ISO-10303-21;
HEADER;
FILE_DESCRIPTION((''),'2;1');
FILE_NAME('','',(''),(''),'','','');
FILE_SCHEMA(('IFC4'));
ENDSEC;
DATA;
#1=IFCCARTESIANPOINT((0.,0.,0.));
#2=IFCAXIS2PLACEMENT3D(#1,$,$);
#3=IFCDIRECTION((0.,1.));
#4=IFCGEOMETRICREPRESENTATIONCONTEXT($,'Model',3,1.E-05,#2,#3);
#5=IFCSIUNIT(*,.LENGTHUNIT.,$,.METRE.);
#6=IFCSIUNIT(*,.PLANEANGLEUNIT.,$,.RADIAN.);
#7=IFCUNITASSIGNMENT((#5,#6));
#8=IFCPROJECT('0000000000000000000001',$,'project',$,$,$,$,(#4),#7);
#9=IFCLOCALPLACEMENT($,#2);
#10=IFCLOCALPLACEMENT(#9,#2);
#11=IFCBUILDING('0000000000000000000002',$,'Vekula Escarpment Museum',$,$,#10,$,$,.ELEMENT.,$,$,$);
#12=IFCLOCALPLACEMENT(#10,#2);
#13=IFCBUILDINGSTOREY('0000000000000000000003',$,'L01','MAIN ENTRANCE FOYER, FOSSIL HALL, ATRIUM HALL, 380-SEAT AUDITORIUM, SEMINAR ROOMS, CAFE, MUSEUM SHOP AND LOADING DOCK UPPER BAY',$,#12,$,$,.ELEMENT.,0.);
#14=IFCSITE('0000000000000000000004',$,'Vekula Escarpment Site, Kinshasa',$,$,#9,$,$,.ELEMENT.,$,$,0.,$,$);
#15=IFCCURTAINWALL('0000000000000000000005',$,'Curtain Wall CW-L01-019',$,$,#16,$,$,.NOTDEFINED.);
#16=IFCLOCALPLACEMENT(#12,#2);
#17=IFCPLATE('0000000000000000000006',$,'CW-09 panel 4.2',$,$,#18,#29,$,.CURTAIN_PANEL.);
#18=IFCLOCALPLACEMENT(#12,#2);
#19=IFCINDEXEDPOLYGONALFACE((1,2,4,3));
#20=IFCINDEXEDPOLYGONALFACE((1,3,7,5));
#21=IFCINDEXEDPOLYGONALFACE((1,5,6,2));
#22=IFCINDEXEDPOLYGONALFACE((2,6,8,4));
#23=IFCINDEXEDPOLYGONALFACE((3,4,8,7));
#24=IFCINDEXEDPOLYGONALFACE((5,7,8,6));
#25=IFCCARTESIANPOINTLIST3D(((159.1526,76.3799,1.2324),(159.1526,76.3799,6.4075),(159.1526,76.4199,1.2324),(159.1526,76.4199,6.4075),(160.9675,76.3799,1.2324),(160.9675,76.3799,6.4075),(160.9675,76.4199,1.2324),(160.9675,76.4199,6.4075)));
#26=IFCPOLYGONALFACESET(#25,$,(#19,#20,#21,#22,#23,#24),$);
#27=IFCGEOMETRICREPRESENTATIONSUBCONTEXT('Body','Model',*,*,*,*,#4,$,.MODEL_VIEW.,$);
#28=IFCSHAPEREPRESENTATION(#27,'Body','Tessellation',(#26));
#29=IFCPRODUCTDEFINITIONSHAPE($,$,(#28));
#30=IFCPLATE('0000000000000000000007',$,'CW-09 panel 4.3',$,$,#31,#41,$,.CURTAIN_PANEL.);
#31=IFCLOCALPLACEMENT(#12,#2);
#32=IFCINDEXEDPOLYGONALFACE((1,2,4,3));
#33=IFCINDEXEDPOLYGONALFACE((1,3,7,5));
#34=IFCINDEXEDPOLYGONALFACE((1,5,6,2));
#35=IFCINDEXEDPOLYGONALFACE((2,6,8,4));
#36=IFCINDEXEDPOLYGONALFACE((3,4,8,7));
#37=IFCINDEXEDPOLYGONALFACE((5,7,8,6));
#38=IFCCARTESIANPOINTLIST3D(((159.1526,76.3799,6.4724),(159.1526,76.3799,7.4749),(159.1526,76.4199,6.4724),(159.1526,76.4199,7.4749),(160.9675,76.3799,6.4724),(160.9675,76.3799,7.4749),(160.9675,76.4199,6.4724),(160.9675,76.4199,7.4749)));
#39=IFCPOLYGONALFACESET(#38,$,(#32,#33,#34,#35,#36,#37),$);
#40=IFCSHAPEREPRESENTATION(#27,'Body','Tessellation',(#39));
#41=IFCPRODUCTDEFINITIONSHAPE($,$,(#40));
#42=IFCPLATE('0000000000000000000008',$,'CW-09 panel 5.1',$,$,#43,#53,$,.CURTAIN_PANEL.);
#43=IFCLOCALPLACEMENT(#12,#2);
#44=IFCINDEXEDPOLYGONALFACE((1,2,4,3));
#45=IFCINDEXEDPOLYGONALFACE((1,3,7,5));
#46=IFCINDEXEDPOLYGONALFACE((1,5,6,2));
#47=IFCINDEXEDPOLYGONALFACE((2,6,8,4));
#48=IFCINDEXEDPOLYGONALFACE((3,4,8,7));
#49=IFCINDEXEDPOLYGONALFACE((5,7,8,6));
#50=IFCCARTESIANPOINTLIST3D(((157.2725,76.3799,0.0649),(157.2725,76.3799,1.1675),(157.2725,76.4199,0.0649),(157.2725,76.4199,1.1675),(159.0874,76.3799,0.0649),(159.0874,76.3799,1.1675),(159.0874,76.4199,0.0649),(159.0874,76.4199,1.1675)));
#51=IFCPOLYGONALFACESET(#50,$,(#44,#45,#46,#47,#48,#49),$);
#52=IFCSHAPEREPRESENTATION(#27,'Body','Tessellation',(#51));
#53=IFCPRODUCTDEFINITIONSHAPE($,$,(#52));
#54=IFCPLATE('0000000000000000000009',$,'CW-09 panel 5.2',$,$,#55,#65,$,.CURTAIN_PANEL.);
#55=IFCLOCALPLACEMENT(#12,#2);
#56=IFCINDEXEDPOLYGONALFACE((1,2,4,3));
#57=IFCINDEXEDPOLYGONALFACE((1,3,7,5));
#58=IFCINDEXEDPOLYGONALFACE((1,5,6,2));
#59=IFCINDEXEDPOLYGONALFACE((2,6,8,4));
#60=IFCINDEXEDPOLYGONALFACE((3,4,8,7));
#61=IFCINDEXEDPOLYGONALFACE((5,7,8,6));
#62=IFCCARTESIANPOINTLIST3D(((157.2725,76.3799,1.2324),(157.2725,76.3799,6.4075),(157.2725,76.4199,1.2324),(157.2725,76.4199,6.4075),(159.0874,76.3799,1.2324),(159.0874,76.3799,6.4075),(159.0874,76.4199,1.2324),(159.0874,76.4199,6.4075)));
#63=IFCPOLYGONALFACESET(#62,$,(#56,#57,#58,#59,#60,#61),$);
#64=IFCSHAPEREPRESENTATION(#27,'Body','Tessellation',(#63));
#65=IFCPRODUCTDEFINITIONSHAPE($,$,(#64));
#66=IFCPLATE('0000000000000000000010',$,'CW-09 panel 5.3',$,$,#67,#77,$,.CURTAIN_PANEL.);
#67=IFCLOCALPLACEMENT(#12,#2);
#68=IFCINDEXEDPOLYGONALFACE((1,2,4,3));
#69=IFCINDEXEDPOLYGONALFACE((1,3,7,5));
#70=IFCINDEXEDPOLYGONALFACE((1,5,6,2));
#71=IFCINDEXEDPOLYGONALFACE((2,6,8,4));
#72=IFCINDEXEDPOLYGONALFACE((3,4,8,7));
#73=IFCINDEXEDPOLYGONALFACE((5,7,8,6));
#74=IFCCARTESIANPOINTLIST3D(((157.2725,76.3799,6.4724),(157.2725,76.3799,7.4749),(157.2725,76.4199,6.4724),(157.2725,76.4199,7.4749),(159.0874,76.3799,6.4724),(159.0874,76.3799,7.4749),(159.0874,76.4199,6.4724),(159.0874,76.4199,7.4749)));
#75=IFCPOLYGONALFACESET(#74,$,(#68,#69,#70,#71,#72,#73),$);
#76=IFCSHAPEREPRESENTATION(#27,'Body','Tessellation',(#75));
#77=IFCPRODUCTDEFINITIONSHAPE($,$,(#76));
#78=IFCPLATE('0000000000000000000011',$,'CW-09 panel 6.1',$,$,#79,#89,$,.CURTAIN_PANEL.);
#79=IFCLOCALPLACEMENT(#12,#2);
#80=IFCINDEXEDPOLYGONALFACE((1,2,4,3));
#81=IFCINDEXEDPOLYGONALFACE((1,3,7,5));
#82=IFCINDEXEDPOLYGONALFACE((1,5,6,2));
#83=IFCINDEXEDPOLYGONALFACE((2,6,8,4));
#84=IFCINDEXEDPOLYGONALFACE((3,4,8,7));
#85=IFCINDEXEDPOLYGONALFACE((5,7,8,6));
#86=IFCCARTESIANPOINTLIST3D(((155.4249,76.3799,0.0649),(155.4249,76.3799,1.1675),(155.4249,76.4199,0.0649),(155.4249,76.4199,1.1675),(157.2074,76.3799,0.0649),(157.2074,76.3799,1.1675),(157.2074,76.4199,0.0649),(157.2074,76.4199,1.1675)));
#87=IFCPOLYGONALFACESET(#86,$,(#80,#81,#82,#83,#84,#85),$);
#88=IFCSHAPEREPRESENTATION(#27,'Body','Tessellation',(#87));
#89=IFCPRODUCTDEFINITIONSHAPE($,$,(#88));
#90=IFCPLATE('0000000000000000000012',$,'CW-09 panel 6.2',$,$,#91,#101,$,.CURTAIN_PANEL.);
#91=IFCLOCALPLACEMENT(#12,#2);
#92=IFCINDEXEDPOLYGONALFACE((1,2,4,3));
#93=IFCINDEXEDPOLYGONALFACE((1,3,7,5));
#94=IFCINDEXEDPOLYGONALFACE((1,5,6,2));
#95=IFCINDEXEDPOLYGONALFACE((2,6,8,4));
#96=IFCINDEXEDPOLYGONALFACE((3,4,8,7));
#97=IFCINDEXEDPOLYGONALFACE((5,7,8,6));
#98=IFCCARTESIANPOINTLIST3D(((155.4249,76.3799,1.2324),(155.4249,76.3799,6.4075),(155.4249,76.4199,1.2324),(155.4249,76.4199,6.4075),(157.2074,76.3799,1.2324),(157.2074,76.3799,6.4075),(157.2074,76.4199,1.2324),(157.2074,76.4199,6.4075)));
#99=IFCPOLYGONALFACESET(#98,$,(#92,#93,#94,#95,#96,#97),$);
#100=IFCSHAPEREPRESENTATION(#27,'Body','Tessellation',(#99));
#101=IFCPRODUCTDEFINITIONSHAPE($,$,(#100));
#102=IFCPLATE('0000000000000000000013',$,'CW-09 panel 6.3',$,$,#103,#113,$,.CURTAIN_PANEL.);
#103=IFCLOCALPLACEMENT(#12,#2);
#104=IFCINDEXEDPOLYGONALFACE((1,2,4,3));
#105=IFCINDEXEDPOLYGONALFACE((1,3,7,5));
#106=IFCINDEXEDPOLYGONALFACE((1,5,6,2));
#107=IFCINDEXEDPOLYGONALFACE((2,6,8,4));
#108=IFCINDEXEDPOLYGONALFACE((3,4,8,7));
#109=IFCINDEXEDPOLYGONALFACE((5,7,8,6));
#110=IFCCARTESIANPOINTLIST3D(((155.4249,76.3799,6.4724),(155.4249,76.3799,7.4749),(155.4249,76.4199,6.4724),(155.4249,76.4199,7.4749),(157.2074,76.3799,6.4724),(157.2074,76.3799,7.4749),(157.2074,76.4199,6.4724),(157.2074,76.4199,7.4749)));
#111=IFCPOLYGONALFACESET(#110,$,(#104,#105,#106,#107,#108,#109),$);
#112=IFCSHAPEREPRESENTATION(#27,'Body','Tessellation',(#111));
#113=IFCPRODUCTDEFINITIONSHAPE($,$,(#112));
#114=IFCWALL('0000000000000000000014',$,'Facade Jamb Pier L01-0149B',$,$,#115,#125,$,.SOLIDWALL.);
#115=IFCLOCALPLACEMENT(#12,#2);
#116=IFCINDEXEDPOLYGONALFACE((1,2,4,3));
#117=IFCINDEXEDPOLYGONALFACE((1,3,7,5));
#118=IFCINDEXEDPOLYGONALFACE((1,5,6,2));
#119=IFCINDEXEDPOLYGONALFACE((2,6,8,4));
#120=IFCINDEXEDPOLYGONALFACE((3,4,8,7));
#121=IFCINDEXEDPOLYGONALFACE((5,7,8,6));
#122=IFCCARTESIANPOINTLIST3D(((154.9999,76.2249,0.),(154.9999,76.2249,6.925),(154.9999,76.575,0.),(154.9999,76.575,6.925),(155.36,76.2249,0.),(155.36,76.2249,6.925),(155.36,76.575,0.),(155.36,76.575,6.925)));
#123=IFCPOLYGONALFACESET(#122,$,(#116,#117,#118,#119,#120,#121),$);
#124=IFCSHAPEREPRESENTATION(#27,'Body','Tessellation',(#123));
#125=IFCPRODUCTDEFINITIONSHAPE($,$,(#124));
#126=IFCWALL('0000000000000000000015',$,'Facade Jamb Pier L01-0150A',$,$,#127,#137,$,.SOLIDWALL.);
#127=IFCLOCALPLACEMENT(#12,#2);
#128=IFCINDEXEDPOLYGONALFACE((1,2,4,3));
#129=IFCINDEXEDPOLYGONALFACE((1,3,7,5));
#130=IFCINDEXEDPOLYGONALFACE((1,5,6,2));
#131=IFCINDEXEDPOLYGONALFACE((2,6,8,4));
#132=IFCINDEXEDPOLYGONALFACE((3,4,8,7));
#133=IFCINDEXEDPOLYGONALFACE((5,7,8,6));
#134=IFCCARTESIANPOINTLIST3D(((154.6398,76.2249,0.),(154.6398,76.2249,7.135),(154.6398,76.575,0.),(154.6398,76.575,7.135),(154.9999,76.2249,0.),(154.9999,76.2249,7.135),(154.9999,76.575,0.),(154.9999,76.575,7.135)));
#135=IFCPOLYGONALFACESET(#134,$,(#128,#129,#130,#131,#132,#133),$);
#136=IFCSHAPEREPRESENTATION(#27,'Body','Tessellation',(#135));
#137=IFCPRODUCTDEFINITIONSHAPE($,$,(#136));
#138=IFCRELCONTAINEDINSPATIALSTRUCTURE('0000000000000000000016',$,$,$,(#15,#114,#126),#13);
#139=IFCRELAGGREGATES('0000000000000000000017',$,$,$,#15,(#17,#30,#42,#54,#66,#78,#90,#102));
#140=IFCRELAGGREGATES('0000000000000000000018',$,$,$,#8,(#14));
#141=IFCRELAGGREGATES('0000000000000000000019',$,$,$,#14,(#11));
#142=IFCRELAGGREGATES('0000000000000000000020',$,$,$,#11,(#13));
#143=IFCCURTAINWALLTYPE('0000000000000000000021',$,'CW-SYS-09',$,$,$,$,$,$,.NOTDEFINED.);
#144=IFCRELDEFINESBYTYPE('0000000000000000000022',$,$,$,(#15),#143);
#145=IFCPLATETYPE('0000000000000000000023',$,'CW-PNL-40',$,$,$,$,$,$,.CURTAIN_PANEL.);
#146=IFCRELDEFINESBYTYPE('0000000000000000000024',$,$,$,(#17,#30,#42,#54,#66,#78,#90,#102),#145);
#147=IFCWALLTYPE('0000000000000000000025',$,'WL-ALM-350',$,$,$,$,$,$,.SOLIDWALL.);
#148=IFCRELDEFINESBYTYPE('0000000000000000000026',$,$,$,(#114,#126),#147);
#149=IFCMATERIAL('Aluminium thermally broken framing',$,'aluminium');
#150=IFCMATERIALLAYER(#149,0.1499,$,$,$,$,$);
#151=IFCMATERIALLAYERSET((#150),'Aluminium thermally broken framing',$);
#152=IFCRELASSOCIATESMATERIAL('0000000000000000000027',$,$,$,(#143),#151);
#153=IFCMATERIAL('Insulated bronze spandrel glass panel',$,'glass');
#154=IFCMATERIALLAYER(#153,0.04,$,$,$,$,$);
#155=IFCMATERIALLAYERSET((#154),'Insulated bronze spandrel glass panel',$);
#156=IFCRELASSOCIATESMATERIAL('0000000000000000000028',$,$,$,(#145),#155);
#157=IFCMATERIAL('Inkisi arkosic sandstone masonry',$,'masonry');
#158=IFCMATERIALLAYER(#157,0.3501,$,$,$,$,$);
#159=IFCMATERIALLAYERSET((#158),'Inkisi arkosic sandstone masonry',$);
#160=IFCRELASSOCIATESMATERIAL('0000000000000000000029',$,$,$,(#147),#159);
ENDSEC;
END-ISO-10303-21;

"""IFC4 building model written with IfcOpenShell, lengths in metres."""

from ifc_helpers import new_model, si_unit, direction, frame, frame_2d, origin, origin_2d, place, context, subcontext, project, spatial, rectangle, extrude, material, layer, layer_set, type_object, element, aggregate, save


model = new_model("IFC4")

# Units and contexts
model_context = context("Model", 3, precision=1e-05, world=origin(), true_north=direction((0.0, 1.0)))
body_context = subcontext(model_context, "Body", "Model", "MODEL_VIEW")
ifc_project = project(units=[si_unit("LENGTHUNIT", "METRE"), si_unit("PLANEANGLEUNIT", "RADIAN")], contexts=[model_context])

# Site, building, storey
site_placement = place(None, origin())
site = spatial("IfcSite", under=ifc_project, at=site_placement, Name="Vekula Escarpment Site, Kinshasa", CompositionType="ELEMENT", RefElevation=0.0)
building_placement = place(site_placement, origin())
building = spatial("IfcBuilding", under=site, at=building_placement, Name="Vekula Escarpment Museum", CompositionType="ELEMENT")
storey_placement = place(building_placement, origin())
storey = spatial("IfcBuildingStorey", under=building, at=storey_placement, Name="L01", Description="MAIN ENTRANCE FOYER, FOSSIL HALL, ATRIUM HALL, 380-SEAT AUDITORIUM, SEMINAR ROOMS, CAFE, MUSEUM SHOP AND LOADING DOCK UPPER BAY", CompositionType="ELEMENT", Elevation=0.0)

# Curtain wall
ifc_material_1 = material(Name="Aluminium thermally broken framing", Category="aluminium")
ifc_layer_1 = layer(ifc_material_1, 0.1499)
ifc_layer_set_1 = layer_set([ifc_layer_1], Name="Aluminium thermally broken framing")
curtain_wall_type_1 = type_object("IfcCurtainWallType", Name="CW-SYS-09", PredefinedType="NOTDEFINED", material=ifc_layer_set_1)
curtain_wall_1_placement = place(storey_placement, origin())
curtain_wall_1 = element("IfcCurtainWall", 1, at=curtain_wall_1_placement, inside=storey, type_object=curtain_wall_type_1, Name="Curtain Wall CW-L01-019", PredefinedType="NOTDEFINED")

# Plates
ifc_material_2 = material(Name="Insulated bronze spandrel glass panel", Category="glass")
ifc_layer_2 = layer(ifc_material_2, 0.04)
ifc_layer_set_2 = layer_set([ifc_layer_2], Name="Insulated bronze spandrel glass panel")
plate_type = type_object("IfcPlateType", Name="CW-PNL-40", PredefinedType="CURTAIN_PANEL", material=ifc_layer_set_2)
plate_1_placement = place(storey_placement, frame((160.0601, 76.3999, 1.2324), z_axis=(0.0, 0.0, 1.0), x_axis=(-1.0, 0.0, 0.0)))
plate_1 = element("IfcPlate", 2, at=plate_1_placement, type_object=plate_type, Name="CW-09 panel 4.2", PredefinedType="CURTAIN_PANEL", context=body_context, shape_type="SweptSolid", body=[
    extrude(rectangle(XDim=1.8149, YDim=0.04, at=origin_2d()), origin(), (0.0, 0.0, 1.0), 5.175),
])
plate_2_placement = place(storey_placement, frame((160.0601, 76.3999, 6.4724), z_axis=(0.0, 0.0, 1.0), x_axis=(-1.0, 0.0, 0.0)))
plate_2 = element("IfcPlate", 3, at=plate_2_placement, type_object=plate_type, Name="CW-09 panel 4.3", PredefinedType="CURTAIN_PANEL", context=body_context, shape_type="SweptSolid", body=[
    extrude(rectangle(XDim=1.8149, YDim=0.04, at=origin_2d()), origin(), (0.0, 0.0, 1.0), 1.0024),
])
plate_3_placement = place(storey_placement, frame((158.1799, 76.3999, 0.0649), z_axis=(0.0, 0.0, 1.0), x_axis=(-1.0, 0.0, 0.0)))
plate_3 = element("IfcPlate", 4, at=plate_3_placement, type_object=plate_type, Name="CW-09 panel 5.1", PredefinedType="CURTAIN_PANEL", context=body_context, shape_type="SweptSolid", body=[
    extrude(rectangle(XDim=1.8149, YDim=0.04, at=origin_2d()), origin(), (0.0, 0.0, 1.0), 1.1025),
])
plate_4_placement = place(storey_placement, frame((158.1799, 76.3999, 1.2324), z_axis=(0.0, 0.0, 1.0), x_axis=(-1.0, 0.0, 0.0)))
plate_4 = element("IfcPlate", 5, at=plate_4_placement, type_object=plate_type, Name="CW-09 panel 5.2", PredefinedType="CURTAIN_PANEL", context=body_context, shape_type="SweptSolid", body=[
    extrude(rectangle(XDim=1.8149, YDim=0.04, at=origin_2d()), origin(), (0.0, 0.0, 1.0), 5.175),
])
plate_5_placement = place(storey_placement, frame((158.1799, 76.3999, 6.4724), z_axis=(0.0, 0.0, 1.0), x_axis=(-1.0, 0.0, 0.0)))
plate_5 = element("IfcPlate", 6, at=plate_5_placement, type_object=plate_type, Name="CW-09 panel 5.3", PredefinedType="CURTAIN_PANEL", context=body_context, shape_type="SweptSolid", body=[
    extrude(rectangle(XDim=1.8149, YDim=0.04, at=origin_2d()), origin(), (0.0, 0.0, 1.0), 1.0024),
])
plate_6_placement = place(storey_placement, frame((156.3162, 76.3999, 0.0649), z_axis=(0.0, 0.0, 1.0), x_axis=(-1.0, 0.0, 0.0)))
plate_6 = element("IfcPlate", 7, at=plate_6_placement, type_object=plate_type, Name="CW-09 panel 6.1", PredefinedType="CURTAIN_PANEL", context=body_context, shape_type="SweptSolid", body=[
    extrude(rectangle(XDim=1.7825, YDim=0.04, at=origin_2d()), origin(), (0.0, 0.0, 1.0), 1.1025),
])
plate_7_placement = place(storey_placement, frame((156.3162, 76.3999, 1.2324), z_axis=(0.0, 0.0, 1.0), x_axis=(-1.0, 0.0, 0.0)))
plate_7 = element("IfcPlate", 8, at=plate_7_placement, type_object=plate_type, Name="CW-09 panel 6.2", PredefinedType="CURTAIN_PANEL", context=body_context, shape_type="SweptSolid", body=[
    extrude(rectangle(XDim=1.7825, YDim=0.04, at=origin_2d()), origin(), (0.0, 0.0, 1.0), 5.175),
])
plate_8_placement = place(storey_placement, frame((156.3162, 76.3999, 6.4724), z_axis=(0.0, 0.0, 1.0), x_axis=(-1.0, 0.0, 0.0)))
plate_8 = element("IfcPlate", 9, at=plate_8_placement, type_object=plate_type, Name="CW-09 panel 6.3", PredefinedType="CURTAIN_PANEL", context=body_context, shape_type="SweptSolid", body=[
    extrude(rectangle(XDim=1.7825, YDim=0.04, at=origin_2d()), origin(), (0.0, 0.0, 1.0), 1.0024),
])
aggregate(curtain_wall_1, [plate_1, plate_2, plate_3, plate_4, plate_5, plate_6, plate_7, plate_8])

# Walls
ifc_material_3 = material(Name="Inkisi arkosic sandstone masonry", Category="masonry")
ifc_layer_3 = layer(ifc_material_3, 0.3501)
ifc_layer_set_3 = layer_set([ifc_layer_3], Name="Inkisi arkosic sandstone masonry")
wall_type = type_object("IfcWallType", Name="WL-ALM-350", PredefinedType="SOLIDWALL", material=ifc_layer_set_3)
wall_1_placement = place(storey_placement, frame((155.3601, 76.3999, 0.0), z_axis=(0.0, 0.0, 1.0), x_axis=(-1.0, 0.0, 0.0)))
element("IfcWall", 10, at=wall_1_placement, inside=storey, type_object=wall_type, Name="Facade Jamb Pier L01-0149B", PredefinedType="SOLIDWALL", context=body_context, shape_type="SweptSolid", body=[
    extrude(rectangle(XDim=0.3601, YDim=0.3501, at=frame_2d((0.1802, 0.0))), origin(), (0.0, 0.0, 1.0), 6.925),
])
wall_2_placement = place(storey_placement, frame((155.0, 76.3999, 0.0), z_axis=(0.0, 0.0, 1.0), x_axis=(-1.0, 0.0, 0.0)))
element("IfcWall", 11, at=wall_2_placement, inside=storey, type_object=wall_type, Name="Facade Jamb Pier L01-0150A", PredefinedType="SOLIDWALL", context=body_context, shape_type="SweptSolid", body=[
    extrude(rectangle(XDim=0.3601, YDim=0.3501, at=frame_2d((0.1802, 0.0))), origin(), (0.0, 0.0, 1.0), 7.135),
])

save(model, "model.ifc")
